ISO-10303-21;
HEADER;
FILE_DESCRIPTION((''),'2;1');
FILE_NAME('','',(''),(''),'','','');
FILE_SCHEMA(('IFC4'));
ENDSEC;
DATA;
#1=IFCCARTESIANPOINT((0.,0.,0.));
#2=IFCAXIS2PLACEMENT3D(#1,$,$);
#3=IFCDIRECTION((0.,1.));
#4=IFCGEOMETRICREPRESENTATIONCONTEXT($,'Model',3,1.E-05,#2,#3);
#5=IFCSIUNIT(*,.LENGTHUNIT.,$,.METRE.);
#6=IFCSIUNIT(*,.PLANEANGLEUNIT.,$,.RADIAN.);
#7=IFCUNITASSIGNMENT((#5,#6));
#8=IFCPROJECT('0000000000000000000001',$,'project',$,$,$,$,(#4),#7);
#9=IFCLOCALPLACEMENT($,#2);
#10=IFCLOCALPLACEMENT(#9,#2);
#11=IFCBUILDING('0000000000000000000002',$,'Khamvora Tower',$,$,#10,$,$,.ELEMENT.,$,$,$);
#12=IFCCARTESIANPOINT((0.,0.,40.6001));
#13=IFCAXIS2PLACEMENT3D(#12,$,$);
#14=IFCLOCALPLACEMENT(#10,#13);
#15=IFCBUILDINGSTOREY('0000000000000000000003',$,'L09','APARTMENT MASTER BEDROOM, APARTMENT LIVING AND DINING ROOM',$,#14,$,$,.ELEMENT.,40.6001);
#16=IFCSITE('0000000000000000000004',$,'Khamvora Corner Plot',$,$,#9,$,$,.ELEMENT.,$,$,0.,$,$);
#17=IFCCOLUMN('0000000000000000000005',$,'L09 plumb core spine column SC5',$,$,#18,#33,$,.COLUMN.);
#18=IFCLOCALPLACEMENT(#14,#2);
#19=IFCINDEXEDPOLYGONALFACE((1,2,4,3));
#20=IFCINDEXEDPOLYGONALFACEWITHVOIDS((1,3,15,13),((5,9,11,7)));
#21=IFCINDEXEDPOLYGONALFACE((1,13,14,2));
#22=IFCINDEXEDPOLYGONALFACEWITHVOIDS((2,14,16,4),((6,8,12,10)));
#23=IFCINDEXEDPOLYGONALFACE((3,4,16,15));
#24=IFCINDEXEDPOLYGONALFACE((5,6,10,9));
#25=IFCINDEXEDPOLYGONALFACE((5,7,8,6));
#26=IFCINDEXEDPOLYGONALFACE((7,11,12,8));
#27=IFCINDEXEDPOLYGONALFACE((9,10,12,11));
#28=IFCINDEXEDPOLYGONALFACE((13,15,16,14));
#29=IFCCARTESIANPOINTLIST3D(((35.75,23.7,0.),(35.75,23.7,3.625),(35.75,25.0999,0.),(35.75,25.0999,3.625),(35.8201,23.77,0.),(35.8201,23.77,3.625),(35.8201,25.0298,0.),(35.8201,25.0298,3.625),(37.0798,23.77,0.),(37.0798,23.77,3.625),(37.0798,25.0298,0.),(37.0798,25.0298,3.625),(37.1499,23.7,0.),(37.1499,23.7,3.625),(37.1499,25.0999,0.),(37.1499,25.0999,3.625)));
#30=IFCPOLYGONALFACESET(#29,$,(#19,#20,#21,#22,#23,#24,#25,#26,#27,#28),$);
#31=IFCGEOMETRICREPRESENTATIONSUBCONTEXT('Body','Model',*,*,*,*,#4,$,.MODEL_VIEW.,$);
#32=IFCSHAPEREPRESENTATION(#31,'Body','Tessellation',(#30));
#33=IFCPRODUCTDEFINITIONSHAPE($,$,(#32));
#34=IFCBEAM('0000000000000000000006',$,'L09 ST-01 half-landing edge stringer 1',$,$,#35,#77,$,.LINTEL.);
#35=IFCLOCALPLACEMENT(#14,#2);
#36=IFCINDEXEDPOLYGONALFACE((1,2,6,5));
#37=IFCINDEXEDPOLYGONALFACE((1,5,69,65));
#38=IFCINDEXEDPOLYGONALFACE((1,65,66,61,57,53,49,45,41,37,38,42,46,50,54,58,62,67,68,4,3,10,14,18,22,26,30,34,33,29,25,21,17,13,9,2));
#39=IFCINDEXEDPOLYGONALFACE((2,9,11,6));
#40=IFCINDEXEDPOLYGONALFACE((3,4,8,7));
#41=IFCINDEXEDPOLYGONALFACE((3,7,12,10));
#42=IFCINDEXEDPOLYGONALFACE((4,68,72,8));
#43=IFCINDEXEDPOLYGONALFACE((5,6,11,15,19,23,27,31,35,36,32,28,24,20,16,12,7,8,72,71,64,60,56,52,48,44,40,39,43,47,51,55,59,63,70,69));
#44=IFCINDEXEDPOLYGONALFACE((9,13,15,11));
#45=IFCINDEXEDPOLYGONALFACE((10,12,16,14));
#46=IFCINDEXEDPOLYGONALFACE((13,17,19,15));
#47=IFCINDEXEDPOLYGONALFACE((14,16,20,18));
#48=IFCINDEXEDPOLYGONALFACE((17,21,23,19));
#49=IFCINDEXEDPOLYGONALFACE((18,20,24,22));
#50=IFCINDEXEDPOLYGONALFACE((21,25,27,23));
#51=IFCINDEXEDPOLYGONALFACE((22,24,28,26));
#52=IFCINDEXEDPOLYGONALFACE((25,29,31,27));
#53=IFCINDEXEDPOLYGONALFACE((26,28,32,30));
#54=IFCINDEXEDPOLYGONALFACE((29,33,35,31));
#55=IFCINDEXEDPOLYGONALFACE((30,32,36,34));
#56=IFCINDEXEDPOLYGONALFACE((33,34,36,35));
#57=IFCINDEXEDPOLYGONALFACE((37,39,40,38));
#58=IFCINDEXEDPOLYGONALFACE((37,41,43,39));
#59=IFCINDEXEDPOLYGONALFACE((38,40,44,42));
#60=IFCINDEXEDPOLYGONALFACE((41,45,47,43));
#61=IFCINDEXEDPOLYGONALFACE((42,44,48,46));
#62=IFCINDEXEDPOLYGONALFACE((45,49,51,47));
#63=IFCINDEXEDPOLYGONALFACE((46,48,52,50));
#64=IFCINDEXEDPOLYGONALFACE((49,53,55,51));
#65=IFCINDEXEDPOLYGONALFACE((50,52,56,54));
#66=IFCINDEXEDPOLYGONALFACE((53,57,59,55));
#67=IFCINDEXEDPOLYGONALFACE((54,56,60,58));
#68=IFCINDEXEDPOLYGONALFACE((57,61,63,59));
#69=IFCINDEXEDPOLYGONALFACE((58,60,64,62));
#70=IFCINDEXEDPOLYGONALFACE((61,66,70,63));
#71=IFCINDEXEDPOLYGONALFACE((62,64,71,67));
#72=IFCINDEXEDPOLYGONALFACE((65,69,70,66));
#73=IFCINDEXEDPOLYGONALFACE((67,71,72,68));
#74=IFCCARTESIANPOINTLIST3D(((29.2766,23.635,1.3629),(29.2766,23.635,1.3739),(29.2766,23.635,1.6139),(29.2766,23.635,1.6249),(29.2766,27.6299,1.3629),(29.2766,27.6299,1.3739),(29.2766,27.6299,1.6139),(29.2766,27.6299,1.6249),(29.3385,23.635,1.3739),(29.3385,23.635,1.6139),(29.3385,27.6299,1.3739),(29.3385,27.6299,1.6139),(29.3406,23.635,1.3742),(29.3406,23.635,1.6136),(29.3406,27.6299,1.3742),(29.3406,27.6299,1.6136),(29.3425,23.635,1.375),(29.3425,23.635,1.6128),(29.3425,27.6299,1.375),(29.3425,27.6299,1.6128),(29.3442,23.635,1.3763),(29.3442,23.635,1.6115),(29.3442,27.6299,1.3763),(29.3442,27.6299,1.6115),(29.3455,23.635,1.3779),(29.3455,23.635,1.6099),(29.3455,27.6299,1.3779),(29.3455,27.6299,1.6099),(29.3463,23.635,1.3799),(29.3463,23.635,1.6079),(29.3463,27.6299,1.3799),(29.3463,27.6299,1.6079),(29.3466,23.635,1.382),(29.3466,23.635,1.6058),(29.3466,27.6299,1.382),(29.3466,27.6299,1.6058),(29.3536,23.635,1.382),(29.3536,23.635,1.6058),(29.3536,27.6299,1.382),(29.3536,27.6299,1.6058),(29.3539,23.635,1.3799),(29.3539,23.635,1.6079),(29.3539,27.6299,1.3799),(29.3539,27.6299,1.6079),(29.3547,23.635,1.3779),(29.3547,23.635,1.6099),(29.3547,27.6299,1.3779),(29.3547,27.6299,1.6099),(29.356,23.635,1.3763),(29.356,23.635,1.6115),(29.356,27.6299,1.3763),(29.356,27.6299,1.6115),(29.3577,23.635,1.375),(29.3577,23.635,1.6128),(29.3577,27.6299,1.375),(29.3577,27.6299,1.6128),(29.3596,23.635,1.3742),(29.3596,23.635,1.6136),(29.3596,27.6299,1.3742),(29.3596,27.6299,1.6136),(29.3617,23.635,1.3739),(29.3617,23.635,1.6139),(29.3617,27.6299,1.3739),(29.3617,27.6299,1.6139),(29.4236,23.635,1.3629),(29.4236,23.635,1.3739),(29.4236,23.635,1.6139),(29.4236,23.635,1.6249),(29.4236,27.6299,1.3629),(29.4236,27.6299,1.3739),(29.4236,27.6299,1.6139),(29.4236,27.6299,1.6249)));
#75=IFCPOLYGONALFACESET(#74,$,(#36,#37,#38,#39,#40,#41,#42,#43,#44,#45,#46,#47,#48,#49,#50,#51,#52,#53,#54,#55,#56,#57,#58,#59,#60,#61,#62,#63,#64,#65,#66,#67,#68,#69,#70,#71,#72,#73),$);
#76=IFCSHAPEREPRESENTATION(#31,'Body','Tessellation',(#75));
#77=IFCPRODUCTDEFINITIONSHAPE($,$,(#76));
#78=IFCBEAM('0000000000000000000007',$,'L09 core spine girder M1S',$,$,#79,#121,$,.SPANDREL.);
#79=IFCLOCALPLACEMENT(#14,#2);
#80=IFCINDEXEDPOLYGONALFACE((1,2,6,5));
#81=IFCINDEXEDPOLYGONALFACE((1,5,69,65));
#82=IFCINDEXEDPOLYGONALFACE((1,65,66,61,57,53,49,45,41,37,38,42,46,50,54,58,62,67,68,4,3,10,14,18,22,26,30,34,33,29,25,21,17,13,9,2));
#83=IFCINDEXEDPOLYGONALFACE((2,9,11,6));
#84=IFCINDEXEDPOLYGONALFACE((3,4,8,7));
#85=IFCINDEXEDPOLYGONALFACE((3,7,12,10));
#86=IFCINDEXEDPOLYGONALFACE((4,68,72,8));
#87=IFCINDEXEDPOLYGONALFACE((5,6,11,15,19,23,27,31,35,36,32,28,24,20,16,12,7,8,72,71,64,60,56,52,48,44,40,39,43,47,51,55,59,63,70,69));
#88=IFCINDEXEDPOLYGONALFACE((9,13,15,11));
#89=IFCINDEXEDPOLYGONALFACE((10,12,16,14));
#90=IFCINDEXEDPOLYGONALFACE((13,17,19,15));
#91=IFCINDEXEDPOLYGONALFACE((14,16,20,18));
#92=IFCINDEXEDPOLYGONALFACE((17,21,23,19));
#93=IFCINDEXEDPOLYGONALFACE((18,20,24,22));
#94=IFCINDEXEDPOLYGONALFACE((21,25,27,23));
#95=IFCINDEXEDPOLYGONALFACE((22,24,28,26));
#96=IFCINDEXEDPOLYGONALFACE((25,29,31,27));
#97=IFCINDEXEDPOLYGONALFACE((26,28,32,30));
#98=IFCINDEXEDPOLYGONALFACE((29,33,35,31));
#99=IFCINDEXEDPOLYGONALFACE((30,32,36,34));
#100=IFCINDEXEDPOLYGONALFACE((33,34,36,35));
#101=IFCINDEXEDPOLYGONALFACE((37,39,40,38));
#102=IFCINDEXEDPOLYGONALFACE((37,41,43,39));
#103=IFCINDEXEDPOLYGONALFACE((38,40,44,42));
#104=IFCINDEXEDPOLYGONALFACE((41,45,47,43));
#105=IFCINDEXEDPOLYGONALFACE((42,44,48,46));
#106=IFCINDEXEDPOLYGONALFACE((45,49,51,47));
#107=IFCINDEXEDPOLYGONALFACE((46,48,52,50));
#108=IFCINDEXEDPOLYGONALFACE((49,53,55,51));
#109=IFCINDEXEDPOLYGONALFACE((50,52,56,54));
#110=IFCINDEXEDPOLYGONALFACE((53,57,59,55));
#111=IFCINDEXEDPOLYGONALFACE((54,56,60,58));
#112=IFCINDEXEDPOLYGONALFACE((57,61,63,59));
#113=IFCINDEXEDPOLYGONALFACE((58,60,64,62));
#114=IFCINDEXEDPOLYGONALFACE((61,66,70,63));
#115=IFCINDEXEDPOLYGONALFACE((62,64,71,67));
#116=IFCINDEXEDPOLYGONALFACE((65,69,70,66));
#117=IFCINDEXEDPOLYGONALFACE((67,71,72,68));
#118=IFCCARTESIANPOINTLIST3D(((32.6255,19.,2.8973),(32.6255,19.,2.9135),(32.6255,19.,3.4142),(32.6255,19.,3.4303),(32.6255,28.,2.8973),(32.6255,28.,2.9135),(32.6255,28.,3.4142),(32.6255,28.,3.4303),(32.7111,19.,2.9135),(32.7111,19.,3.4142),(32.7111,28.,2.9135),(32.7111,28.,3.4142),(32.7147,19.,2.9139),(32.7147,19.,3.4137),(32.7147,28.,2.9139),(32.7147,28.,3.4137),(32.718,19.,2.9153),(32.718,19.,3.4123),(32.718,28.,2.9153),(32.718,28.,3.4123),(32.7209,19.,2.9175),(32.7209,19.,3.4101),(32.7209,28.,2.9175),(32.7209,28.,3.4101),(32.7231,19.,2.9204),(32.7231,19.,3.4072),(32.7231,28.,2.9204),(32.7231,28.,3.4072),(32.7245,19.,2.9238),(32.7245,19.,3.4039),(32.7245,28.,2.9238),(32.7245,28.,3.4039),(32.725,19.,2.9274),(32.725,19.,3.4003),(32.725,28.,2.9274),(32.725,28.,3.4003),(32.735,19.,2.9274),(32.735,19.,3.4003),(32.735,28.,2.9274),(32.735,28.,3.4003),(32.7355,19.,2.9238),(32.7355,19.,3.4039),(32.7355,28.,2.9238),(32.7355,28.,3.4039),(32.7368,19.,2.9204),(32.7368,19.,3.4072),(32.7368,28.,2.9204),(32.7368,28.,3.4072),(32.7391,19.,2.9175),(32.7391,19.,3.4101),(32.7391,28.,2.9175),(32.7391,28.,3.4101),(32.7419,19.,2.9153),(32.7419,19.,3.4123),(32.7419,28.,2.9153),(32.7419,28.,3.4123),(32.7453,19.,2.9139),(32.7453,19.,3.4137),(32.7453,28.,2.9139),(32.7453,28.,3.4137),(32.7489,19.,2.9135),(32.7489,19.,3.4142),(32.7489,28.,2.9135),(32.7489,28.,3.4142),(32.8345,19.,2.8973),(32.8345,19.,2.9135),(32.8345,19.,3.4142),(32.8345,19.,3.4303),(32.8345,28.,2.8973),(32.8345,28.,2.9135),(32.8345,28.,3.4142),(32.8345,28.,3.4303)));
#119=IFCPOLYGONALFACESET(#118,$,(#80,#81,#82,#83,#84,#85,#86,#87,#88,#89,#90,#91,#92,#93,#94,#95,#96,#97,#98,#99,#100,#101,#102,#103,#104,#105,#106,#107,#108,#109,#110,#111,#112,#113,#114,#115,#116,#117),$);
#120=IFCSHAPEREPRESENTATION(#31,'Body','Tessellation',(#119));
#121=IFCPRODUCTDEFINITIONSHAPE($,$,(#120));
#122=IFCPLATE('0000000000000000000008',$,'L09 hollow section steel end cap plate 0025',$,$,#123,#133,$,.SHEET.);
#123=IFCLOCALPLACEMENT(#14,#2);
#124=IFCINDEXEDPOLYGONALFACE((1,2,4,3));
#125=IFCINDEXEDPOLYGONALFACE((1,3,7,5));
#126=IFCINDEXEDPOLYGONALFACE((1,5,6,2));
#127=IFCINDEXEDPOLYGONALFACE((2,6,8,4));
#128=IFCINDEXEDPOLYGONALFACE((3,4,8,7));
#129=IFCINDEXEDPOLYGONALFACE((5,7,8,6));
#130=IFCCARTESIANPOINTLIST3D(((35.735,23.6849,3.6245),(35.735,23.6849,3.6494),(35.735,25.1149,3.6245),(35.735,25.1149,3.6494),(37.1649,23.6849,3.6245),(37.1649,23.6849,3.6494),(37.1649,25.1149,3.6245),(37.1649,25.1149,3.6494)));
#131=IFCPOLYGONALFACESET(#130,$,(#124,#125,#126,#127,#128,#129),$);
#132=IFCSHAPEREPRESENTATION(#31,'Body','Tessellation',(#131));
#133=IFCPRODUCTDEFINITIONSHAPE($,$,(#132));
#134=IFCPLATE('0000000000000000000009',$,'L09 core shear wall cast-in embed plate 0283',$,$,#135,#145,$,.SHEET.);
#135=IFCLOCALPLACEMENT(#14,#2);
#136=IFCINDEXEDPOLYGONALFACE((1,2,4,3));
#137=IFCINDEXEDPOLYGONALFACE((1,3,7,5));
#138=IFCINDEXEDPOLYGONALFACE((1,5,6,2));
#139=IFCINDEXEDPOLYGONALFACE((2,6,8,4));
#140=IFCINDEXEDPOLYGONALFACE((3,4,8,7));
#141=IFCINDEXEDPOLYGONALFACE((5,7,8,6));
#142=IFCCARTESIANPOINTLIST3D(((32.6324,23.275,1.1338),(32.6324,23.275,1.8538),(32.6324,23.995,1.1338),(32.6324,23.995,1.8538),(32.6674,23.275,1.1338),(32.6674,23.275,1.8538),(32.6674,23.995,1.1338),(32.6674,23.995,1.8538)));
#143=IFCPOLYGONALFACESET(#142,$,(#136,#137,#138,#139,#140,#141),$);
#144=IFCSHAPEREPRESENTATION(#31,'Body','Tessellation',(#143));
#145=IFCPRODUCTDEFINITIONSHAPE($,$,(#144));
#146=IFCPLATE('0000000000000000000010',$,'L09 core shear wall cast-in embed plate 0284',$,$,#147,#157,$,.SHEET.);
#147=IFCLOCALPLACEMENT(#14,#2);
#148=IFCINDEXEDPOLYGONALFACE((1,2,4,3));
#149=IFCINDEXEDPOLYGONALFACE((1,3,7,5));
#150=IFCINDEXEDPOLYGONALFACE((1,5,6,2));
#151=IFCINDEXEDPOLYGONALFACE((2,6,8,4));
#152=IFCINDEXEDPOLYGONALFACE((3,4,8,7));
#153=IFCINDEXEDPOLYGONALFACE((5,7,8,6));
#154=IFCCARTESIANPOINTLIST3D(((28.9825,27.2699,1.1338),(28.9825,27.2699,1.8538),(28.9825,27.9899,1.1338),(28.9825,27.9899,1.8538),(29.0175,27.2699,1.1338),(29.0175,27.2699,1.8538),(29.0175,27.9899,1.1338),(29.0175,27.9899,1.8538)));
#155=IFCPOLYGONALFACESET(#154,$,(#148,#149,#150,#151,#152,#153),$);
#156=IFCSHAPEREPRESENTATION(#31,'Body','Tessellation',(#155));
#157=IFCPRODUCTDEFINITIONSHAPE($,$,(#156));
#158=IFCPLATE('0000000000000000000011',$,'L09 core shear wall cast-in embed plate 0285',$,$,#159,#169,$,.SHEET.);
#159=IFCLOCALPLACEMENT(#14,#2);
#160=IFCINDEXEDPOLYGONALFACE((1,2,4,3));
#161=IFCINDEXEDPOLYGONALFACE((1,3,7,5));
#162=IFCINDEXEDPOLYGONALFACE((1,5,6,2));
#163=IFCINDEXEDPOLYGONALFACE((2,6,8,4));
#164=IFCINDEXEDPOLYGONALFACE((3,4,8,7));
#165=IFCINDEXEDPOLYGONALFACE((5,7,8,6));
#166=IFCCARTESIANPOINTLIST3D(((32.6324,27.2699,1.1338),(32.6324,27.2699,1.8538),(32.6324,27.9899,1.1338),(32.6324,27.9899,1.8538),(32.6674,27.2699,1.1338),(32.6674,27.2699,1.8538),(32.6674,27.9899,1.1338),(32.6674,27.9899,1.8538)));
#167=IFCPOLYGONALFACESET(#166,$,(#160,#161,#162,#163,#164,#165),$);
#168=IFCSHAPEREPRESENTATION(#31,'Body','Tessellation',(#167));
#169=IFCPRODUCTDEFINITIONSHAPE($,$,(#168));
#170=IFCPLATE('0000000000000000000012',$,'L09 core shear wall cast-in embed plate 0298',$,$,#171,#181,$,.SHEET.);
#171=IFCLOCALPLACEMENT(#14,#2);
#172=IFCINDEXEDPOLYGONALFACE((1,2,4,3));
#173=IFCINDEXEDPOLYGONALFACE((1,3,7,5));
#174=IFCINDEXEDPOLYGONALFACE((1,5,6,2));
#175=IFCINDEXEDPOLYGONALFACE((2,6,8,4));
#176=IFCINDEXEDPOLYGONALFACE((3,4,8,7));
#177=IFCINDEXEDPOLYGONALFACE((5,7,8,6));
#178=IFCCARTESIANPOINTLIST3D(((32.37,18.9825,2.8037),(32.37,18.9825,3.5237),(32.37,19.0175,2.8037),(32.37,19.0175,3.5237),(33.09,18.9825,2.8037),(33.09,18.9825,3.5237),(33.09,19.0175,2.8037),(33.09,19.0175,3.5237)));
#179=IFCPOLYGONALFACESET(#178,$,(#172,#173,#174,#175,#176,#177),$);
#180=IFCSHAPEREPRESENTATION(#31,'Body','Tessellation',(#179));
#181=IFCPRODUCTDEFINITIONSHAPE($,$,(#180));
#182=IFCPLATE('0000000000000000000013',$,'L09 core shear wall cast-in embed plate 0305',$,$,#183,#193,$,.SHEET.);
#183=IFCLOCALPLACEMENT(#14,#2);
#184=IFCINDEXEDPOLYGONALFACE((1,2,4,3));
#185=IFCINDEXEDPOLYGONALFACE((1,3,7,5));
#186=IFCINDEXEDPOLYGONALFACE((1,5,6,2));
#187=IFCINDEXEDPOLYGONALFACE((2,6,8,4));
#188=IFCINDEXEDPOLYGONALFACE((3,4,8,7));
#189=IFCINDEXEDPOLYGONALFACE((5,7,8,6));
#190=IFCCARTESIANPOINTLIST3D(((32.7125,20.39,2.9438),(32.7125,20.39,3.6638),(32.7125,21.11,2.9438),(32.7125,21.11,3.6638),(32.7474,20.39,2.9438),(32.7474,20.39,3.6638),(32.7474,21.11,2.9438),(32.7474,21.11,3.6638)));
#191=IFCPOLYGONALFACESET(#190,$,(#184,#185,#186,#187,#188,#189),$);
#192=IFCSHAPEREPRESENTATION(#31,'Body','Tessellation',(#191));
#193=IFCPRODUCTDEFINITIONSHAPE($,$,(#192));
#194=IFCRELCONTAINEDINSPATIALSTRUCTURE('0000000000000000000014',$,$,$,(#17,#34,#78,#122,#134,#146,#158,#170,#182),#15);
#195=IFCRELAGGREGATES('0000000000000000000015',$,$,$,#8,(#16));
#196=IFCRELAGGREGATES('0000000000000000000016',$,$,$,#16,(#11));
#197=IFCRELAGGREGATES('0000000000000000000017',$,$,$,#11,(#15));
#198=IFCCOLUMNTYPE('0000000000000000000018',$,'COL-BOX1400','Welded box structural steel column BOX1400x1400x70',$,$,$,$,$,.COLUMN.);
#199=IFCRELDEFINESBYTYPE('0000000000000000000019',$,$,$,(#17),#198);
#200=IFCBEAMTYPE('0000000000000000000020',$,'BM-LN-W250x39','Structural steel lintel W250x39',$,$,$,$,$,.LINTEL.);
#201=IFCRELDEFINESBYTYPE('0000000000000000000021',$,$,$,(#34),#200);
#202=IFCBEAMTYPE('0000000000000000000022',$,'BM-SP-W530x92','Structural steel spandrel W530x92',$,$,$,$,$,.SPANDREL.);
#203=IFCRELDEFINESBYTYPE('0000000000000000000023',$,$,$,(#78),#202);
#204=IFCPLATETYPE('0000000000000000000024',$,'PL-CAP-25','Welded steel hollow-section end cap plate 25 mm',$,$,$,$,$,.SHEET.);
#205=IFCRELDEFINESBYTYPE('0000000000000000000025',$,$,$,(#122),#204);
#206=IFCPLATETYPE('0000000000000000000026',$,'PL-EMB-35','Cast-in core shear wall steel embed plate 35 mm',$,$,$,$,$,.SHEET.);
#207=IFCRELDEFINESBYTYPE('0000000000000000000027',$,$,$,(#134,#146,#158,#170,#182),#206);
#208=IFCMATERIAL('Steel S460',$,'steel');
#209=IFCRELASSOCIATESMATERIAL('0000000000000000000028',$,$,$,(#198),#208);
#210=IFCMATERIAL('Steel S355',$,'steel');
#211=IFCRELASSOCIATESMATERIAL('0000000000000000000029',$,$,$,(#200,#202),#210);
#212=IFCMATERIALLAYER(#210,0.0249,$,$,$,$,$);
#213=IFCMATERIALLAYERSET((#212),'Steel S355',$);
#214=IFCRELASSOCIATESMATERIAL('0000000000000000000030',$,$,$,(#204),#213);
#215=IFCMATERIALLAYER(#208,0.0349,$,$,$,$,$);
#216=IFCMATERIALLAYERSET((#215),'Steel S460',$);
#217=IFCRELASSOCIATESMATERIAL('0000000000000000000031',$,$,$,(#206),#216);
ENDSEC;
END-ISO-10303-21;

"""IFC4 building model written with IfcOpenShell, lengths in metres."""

from ifc_helpers import new_model, si_unit, direction, frame, origin, origin_2d, place, context, subcontext, project, spatial, rectangle, hollow_rectangle, i_section, extrude, material, layer, layer_set, material_profile, profile_set, type_object, element, save


model = new_model("IFC4")

# Units and contexts
model_context = context("Model", 3, precision=1e-05, world=origin(), true_north=direction((0.0, 1.0)))
body_context = subcontext(model_context, "Body", "Model", "MODEL_VIEW")
ifc_project = project(units=[si_unit("LENGTHUNIT", "METRE"), si_unit("PLANEANGLEUNIT", "RADIAN")], contexts=[model_context])

# Site, building, storey
site_placement = place(None, origin())
site = spatial("IfcSite", under=ifc_project, at=site_placement, Name="Khamvora Corner Plot", CompositionType="ELEMENT", RefElevation=0.0)
building_placement = place(site_placement, origin())
building = spatial("IfcBuilding", under=site, at=building_placement, Name="Khamvora Tower", CompositionType="ELEMENT")
storey_placement = place(building_placement, frame((0.0, 0.0, 40.6001)))
storey = spatial("IfcBuildingStorey", under=building, at=storey_placement, Name="L09", Description="APARTMENT MASTER BEDROOM, APARTMENT LIVING AND DINING ROOM", CompositionType="ELEMENT", Elevation=40.6001)

# Column
ifc_material_1 = material(Name="Steel S460", Category="steel")
ifc_material_profile_1 = material_profile(ifc_material_1, hollow_rectangle(XDim=1.3999, YDim=1.3999, WallThickness=0.0701, at=origin_2d()), Name="BOX1400x1400x70")
ifc_profile_set_1 = profile_set([ifc_material_profile_1], Name="Steel S460")
column_type = type_object("IfcColumnType", Name="COL-BOX1400", Description="Welded box structural steel column BOX1400x1400x70", PredefinedType="COLUMN", material=ifc_profile_set_1)
column_placement = place(storey_placement, frame((36.45, 24.3999, 0.0), z_axis=(0.0, 0.0, 1.0), x_axis=(1.0, 0.0, 0.0)))
element("IfcColumn", 1, at=column_placement, inside=storey, type_object=column_type, Name="L09 plumb core spine column SC5", PredefinedType="COLUMN", context=body_context, shape_type="SweptSolid", body=[
    extrude(hollow_rectangle(XDim=1.3999, YDim=1.3999, WallThickness=0.0701, at=origin_2d()), origin(), (0.0, 0.0, 1.0), 3.625),
])

# Beams
ifc_material_2 = material(Name="Steel S355", Category="steel")
ifc_material_profile_2 = material_profile(ifc_material_2, i_section(OverallWidth=0.147, OverallDepth=0.262, WebThickness=0.0071, FlangeThickness=0.011, FilletRadius=0.0081, at=origin_2d()), Name="W250x39")
ifc_profile_set_2 = profile_set([ifc_material_profile_2], Name="Steel S355")
beam_type_1 = type_object("IfcBeamType", Name="BM-LN-W250x39", Description="Structural steel lintel W250x39", PredefinedType="LINTEL", material=ifc_profile_set_2)
beam_1_placement = place(storey_placement, frame((29.3501, 23.635, 1.4939), z_axis=(0.0, 1.0, 0.0), x_axis=(-1.0, 0.0, 0.0)))
element("IfcBeam", 2, at=beam_1_placement, inside=storey, type_object=beam_type_1, Name="L09 ST-01 half-landing edge stringer 1", PredefinedType="LINTEL", context=body_context, shape_type="SweptSolid", body=[
    extrude(i_section(OverallWidth=0.147, OverallDepth=0.262, WebThickness=0.0071, FlangeThickness=0.011, FilletRadius=0.0081, at=origin_2d()), origin(), (0.0, 0.0, 1.0), 3.9949),
])
ifc_material_profile_3 = material_profile(ifc_material_2, i_section(OverallWidth=0.209, OverallDepth=0.533, WebThickness=0.01, FlangeThickness=0.0161, FilletRadius=0.0139, at=origin_2d()), Name="W530x92")
ifc_profile_set_3 = profile_set([ifc_material_profile_3], Name="Steel S355")
beam_type_2 = type_object("IfcBeamType", Name="BM-SP-W530x92", Description="Structural steel spandrel W530x92", PredefinedType="SPANDREL", material=ifc_profile_set_3)
beam_2_placement = place(storey_placement, frame((32.73, 19.0, 3.1638), z_axis=(0.0, 1.0, 0.0), x_axis=(-1.0, 0.0, 0.0)))
element("IfcBeam", 3, at=beam_2_placement, inside=storey, type_object=beam_type_2, Name="L09 core spine girder M1S", PredefinedType="SPANDREL", context=body_context, shape_type="SweptSolid", body=[
    extrude(i_section(OverallWidth=0.209, OverallDepth=0.533, WebThickness=0.01, FlangeThickness=0.0161, FilletRadius=0.0139, at=origin_2d()), origin(), (0.0, 0.0, 1.0), 9.0),
])

# Plates
ifc_layer_1 = layer(ifc_material_2, 0.0249)
ifc_layer_set_1 = layer_set([ifc_layer_1], Name="Steel S355")
plate_type_1 = type_object("IfcPlateType", Name="PL-CAP-25", Description="Welded steel hollow-section end cap plate 25 mm", PredefinedType="SHEET", material=ifc_layer_set_1)
plate_1_placement = place(storey_placement, frame((36.45, 24.3999, 3.6245), z_axis=(0.0, 0.0, 1.0), x_axis=(1.0, 0.0, 0.0)))
element("IfcPlate", 4, at=plate_1_placement, inside=storey, type_object=plate_type_1, Name="L09 hollow section steel end cap plate 0025", PredefinedType="SHEET", context=body_context, shape_type="SweptSolid", body=[
    extrude(rectangle(XDim=1.4299, YDim=1.4299, at=origin_2d()), origin(), (0.0, 0.0, 1.0), 0.0249),
])
ifc_layer_2 = layer(ifc_material_1, 0.0349)
ifc_layer_set_2 = layer_set([ifc_layer_2], Name="Steel S460")
plate_type_2 = type_object("IfcPlateType", Name="PL-EMB-35", Description="Cast-in core shear wall steel embed plate 35 mm", PredefinedType="SHEET", material=ifc_layer_set_2)
for number, where, z_axis, x_axis, name in (
    (5, (32.6499, 23.635, 1.1338), (0.0, 0.0, 1.0), (1.0, 0.0, 0.0), "L09 core shear wall cast-in embed plate 0283"),
    (6, (29.0, 27.6299, 1.1338), (0.0, 0.0, 1.0), (1.0, 0.0, 0.0), "L09 core shear wall cast-in embed plate 0284"),
    (7, (32.6499, 27.6299, 1.1338), (0.0, 0.0, 1.0), (1.0, 0.0, 0.0), "L09 core shear wall cast-in embed plate 0285"),
):
    element("IfcPlate", number, at=place(storey_placement, frame(where, z_axis=z_axis, x_axis=x_axis)), inside=storey, type_object=plate_type_2, Name=name, PredefinedType="SHEET", context=body_context, shape_type="SweptSolid", body=[
        extrude(rectangle(XDim=0.0349, YDim=0.72, at=origin_2d()), origin(), (0.0, 0.0, 1.0), 0.72),
    ])
plate_2_placement = place(storey_placement, frame((32.73, 19.0, 2.8037), z_axis=(0.0, 0.0, 1.0), x_axis=(1.0, 0.0, 0.0)))
element("IfcPlate", 8, at=plate_2_placement, inside=storey, type_object=plate_type_2, Name="L09 core shear wall cast-in embed plate 0298", PredefinedType="SHEET", context=body_context, shape_type="SweptSolid", body=[
    extrude(rectangle(XDim=0.72, YDim=0.0349, at=origin_2d()), origin(), (0.0, 0.0, 1.0), 0.72),
])
plate_3_placement = place(storey_placement, frame((32.73, 20.75, 2.9438), z_axis=(0.0, 0.0, 1.0), x_axis=(1.0, 0.0, 0.0)))
element("IfcPlate", 9, at=plate_3_placement, inside=storey, type_object=plate_type_2, Name="L09 core shear wall cast-in embed plate 0305", PredefinedType="SHEET", context=body_context, shape_type="SweptSolid", body=[
    extrude(rectangle(XDim=0.0349, YDim=0.72, at=origin_2d()), origin(), (0.0, 0.0, 1.0), 0.72),
])

save(model, "model.ifc")
